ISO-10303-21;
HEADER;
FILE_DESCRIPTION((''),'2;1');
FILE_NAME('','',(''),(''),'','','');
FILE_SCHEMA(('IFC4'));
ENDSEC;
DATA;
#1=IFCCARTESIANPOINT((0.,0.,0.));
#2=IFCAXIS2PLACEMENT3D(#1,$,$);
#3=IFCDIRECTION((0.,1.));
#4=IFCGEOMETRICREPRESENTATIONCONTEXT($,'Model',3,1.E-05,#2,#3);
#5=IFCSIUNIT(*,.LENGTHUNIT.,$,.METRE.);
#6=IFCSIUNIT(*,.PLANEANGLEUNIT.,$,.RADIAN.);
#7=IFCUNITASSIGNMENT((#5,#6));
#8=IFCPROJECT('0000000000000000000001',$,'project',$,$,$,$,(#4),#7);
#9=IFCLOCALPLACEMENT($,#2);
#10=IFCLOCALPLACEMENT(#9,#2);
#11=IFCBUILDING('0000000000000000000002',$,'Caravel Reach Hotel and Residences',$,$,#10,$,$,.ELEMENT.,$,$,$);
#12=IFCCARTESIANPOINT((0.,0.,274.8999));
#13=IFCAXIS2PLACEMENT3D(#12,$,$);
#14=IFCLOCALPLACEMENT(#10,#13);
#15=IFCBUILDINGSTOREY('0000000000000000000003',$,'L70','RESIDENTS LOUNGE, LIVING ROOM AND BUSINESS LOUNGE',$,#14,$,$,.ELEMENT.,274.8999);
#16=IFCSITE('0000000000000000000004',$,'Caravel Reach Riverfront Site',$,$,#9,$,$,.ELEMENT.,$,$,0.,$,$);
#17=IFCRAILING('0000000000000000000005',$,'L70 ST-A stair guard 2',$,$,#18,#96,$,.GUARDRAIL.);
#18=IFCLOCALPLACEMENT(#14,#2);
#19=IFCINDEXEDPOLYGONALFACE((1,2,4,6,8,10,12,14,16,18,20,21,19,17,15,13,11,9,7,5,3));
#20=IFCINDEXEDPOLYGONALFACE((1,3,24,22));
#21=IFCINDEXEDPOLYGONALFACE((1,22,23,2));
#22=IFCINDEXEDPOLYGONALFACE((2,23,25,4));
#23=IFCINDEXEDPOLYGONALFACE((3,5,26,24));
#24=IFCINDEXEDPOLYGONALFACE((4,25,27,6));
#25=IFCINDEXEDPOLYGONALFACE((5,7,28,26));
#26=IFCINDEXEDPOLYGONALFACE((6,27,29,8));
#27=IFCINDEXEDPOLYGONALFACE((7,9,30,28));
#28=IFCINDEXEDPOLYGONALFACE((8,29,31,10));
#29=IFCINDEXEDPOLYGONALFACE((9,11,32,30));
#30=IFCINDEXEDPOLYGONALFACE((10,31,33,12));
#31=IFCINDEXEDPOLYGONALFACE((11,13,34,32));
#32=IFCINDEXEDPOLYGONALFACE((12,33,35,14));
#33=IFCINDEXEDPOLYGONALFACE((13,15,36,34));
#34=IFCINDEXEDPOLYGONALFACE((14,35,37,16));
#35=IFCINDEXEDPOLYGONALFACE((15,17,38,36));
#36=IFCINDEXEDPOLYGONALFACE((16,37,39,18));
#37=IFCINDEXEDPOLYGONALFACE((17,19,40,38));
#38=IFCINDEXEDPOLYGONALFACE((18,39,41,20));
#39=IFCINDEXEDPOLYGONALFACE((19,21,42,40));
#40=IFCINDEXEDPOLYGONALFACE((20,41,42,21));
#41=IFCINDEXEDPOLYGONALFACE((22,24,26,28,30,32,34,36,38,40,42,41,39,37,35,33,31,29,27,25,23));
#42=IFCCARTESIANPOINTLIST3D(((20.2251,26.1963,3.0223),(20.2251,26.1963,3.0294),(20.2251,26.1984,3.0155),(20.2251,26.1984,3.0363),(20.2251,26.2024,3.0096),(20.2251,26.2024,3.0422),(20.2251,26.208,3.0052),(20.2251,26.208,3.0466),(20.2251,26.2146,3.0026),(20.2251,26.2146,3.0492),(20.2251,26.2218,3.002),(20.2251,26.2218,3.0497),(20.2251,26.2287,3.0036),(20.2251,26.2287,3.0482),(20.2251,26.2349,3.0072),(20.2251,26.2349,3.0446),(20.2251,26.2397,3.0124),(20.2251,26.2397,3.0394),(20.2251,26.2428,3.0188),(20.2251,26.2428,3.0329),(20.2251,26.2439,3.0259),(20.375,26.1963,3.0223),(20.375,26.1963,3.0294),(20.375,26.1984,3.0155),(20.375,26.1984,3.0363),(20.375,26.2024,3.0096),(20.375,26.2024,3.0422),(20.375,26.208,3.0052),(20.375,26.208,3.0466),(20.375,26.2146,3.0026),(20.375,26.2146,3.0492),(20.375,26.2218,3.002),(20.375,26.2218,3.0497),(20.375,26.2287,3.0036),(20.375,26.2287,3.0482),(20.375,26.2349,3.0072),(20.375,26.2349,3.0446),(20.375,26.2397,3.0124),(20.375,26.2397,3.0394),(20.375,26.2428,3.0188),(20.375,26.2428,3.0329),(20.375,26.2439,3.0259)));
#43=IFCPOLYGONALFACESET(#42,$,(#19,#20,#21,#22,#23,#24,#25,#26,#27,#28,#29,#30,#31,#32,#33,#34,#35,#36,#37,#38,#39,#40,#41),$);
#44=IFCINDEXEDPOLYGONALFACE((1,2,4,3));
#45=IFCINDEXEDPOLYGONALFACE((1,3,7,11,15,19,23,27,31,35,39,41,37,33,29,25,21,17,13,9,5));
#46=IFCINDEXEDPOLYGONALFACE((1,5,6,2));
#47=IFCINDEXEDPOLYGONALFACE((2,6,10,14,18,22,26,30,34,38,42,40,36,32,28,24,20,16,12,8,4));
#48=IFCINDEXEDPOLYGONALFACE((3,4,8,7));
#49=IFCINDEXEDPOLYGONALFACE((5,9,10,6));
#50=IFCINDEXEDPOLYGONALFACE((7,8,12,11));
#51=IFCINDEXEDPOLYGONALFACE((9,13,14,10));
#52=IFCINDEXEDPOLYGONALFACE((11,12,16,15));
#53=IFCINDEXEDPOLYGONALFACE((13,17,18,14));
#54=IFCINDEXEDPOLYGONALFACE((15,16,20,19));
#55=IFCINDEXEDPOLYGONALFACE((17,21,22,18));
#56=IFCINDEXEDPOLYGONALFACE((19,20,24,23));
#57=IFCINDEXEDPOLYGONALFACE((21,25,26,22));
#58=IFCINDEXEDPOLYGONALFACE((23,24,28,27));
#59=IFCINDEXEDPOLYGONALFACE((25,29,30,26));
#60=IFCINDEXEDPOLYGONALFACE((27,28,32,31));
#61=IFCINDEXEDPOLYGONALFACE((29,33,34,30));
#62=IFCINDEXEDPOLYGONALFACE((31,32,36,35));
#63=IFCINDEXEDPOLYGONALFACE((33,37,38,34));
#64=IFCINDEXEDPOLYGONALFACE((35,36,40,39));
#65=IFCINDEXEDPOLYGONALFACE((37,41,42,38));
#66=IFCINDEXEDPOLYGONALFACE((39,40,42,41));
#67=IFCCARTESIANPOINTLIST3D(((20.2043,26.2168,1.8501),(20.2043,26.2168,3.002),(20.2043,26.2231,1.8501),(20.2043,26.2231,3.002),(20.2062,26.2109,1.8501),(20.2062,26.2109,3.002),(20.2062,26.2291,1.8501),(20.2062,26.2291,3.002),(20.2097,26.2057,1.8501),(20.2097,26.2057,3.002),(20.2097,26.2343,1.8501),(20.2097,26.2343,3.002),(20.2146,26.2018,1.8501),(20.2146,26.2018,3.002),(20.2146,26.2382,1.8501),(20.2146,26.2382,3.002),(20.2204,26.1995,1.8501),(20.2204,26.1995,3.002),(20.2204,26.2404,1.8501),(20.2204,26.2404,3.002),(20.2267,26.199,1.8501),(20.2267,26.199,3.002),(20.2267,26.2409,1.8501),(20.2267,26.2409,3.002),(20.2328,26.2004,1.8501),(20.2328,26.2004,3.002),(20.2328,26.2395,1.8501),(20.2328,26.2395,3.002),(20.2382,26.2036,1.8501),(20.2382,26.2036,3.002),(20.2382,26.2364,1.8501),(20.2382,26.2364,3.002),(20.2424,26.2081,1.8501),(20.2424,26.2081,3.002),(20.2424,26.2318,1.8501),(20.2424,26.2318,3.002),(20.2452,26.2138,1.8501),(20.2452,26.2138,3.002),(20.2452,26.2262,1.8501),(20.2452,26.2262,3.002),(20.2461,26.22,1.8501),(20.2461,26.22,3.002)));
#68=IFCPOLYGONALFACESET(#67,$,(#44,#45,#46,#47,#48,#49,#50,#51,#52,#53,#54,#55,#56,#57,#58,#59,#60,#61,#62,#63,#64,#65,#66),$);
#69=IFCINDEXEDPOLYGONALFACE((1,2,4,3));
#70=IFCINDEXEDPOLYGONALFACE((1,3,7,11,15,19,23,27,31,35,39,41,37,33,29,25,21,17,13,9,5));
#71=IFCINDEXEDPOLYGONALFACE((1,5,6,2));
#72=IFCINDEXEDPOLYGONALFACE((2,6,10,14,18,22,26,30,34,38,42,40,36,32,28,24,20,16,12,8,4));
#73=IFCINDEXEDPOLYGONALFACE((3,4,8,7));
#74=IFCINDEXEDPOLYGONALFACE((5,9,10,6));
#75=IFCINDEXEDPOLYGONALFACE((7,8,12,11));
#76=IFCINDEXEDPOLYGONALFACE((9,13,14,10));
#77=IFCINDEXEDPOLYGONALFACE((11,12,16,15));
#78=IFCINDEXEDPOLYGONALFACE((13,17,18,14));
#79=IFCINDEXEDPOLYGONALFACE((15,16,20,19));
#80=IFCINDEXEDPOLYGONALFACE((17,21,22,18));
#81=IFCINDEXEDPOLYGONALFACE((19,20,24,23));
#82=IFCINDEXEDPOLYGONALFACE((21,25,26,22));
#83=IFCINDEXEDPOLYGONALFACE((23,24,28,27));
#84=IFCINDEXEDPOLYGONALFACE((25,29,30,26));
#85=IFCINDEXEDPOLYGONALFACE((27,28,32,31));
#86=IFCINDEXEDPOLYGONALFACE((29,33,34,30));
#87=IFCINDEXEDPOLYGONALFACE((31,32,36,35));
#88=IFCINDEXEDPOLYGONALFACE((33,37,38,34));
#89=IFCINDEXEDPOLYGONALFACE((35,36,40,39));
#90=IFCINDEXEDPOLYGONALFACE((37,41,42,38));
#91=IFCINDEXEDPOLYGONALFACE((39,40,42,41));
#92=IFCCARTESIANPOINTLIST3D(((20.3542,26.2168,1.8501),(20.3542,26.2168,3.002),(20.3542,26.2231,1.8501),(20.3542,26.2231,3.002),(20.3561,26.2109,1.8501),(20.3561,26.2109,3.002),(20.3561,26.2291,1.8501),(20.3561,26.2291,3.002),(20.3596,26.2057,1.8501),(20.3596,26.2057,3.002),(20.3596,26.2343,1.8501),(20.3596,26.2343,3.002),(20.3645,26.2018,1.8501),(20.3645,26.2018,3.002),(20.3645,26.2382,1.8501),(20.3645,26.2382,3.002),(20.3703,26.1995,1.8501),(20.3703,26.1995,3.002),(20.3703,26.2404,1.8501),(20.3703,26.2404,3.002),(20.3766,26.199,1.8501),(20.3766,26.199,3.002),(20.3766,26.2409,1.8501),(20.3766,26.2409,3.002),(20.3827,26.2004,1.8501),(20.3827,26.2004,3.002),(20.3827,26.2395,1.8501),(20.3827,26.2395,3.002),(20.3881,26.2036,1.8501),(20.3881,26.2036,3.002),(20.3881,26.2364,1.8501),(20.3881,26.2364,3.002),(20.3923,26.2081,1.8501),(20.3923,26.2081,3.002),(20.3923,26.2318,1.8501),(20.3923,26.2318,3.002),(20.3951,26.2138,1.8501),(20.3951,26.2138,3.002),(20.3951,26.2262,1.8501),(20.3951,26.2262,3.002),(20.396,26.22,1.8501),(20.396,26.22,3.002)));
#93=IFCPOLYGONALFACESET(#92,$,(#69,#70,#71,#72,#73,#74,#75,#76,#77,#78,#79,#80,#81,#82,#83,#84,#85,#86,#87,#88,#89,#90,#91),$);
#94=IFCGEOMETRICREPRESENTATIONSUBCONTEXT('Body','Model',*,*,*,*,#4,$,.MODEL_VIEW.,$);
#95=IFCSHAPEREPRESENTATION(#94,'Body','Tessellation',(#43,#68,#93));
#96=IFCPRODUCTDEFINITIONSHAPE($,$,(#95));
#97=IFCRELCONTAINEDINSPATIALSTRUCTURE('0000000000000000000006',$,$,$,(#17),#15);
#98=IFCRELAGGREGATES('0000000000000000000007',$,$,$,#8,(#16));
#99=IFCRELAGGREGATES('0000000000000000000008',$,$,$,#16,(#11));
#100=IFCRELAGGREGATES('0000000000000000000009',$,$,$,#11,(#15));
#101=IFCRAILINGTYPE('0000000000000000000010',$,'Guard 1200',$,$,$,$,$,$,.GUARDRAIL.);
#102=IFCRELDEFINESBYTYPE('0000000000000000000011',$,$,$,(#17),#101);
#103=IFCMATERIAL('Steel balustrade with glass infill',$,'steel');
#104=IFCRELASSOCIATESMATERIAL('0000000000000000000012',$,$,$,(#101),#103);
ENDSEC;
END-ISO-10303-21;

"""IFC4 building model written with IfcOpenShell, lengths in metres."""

from ifc_helpers import new_model, si_unit, direction, frame, origin, origin_2d, place, context, subcontext, project, spatial, circle, extrude, material, type_object, element, save


model = new_model("IFC4")

# Units and contexts
model_context = context("Model", 3, precision=1e-05, world=origin(), true_north=direction((0.0, 1.0)))
body_context = subcontext(model_context, "Body", "Model", "MODEL_VIEW")
ifc_project = project(units=[si_unit("LENGTHUNIT", "METRE"), si_unit("PLANEANGLEUNIT", "RADIAN")], contexts=[model_context])

# Site, building, storey
site_placement = place(None, origin())
site = spatial("IfcSite", under=ifc_project, at=site_placement, Name="Caravel Reach Riverfront Site", CompositionType="ELEMENT", RefElevation=0.0)
building_placement = place(site_placement, origin())
building = spatial("IfcBuilding", under=site, at=building_placement, Name="Caravel Reach Hotel and Residences", CompositionType="ELEMENT")
storey_placement = place(building_placement, frame((0.0, 0.0, 274.8999)))
storey = spatial("IfcBuildingStorey", under=building, at=storey_placement, Name="L70", Description="RESIDENTS LOUNGE, LIVING ROOM AND BUSINESS LOUNGE", CompositionType="ELEMENT", Elevation=274.8999)

# Railing
ifc_material_1 = material(Name="Steel balustrade with glass infill", Category="steel")
railing_type = type_object("IfcRailingType", Name="Guard 1200", PredefinedType="GUARDRAIL", material=ifc_material_1)
railing_placement = place(storey_placement, frame((20.2251, 26.22, 1.8501)))
element("IfcRailing", 1, at=railing_placement, inside=storey, type_object=railing_type, Name="L70 ST-A stair guard 2", PredefinedType="GUARDRAIL", context=body_context, shape_type="SweptSolid", body=[
    extrude(circle(Radius=0.0239, at=origin_2d()), frame((0.0, 0.0, 1.1758), z_axis=(1.0, 0.0, 0.0), x_axis=(0.0, 1.0, 0.0)), (0.0, 0.0, 1.0), 0.1499),
    extrude(circle(Radius=0.021, at=origin_2d()), origin(), (0.0, 0.0, 1.0), 1.1519),
    extrude(circle(Radius=0.021, at=origin_2d()), frame((0.1499, 0.0, 0.0)), (0.0, 0.0, 1.0), 1.1519),
])

save(model, "model.ifc")
